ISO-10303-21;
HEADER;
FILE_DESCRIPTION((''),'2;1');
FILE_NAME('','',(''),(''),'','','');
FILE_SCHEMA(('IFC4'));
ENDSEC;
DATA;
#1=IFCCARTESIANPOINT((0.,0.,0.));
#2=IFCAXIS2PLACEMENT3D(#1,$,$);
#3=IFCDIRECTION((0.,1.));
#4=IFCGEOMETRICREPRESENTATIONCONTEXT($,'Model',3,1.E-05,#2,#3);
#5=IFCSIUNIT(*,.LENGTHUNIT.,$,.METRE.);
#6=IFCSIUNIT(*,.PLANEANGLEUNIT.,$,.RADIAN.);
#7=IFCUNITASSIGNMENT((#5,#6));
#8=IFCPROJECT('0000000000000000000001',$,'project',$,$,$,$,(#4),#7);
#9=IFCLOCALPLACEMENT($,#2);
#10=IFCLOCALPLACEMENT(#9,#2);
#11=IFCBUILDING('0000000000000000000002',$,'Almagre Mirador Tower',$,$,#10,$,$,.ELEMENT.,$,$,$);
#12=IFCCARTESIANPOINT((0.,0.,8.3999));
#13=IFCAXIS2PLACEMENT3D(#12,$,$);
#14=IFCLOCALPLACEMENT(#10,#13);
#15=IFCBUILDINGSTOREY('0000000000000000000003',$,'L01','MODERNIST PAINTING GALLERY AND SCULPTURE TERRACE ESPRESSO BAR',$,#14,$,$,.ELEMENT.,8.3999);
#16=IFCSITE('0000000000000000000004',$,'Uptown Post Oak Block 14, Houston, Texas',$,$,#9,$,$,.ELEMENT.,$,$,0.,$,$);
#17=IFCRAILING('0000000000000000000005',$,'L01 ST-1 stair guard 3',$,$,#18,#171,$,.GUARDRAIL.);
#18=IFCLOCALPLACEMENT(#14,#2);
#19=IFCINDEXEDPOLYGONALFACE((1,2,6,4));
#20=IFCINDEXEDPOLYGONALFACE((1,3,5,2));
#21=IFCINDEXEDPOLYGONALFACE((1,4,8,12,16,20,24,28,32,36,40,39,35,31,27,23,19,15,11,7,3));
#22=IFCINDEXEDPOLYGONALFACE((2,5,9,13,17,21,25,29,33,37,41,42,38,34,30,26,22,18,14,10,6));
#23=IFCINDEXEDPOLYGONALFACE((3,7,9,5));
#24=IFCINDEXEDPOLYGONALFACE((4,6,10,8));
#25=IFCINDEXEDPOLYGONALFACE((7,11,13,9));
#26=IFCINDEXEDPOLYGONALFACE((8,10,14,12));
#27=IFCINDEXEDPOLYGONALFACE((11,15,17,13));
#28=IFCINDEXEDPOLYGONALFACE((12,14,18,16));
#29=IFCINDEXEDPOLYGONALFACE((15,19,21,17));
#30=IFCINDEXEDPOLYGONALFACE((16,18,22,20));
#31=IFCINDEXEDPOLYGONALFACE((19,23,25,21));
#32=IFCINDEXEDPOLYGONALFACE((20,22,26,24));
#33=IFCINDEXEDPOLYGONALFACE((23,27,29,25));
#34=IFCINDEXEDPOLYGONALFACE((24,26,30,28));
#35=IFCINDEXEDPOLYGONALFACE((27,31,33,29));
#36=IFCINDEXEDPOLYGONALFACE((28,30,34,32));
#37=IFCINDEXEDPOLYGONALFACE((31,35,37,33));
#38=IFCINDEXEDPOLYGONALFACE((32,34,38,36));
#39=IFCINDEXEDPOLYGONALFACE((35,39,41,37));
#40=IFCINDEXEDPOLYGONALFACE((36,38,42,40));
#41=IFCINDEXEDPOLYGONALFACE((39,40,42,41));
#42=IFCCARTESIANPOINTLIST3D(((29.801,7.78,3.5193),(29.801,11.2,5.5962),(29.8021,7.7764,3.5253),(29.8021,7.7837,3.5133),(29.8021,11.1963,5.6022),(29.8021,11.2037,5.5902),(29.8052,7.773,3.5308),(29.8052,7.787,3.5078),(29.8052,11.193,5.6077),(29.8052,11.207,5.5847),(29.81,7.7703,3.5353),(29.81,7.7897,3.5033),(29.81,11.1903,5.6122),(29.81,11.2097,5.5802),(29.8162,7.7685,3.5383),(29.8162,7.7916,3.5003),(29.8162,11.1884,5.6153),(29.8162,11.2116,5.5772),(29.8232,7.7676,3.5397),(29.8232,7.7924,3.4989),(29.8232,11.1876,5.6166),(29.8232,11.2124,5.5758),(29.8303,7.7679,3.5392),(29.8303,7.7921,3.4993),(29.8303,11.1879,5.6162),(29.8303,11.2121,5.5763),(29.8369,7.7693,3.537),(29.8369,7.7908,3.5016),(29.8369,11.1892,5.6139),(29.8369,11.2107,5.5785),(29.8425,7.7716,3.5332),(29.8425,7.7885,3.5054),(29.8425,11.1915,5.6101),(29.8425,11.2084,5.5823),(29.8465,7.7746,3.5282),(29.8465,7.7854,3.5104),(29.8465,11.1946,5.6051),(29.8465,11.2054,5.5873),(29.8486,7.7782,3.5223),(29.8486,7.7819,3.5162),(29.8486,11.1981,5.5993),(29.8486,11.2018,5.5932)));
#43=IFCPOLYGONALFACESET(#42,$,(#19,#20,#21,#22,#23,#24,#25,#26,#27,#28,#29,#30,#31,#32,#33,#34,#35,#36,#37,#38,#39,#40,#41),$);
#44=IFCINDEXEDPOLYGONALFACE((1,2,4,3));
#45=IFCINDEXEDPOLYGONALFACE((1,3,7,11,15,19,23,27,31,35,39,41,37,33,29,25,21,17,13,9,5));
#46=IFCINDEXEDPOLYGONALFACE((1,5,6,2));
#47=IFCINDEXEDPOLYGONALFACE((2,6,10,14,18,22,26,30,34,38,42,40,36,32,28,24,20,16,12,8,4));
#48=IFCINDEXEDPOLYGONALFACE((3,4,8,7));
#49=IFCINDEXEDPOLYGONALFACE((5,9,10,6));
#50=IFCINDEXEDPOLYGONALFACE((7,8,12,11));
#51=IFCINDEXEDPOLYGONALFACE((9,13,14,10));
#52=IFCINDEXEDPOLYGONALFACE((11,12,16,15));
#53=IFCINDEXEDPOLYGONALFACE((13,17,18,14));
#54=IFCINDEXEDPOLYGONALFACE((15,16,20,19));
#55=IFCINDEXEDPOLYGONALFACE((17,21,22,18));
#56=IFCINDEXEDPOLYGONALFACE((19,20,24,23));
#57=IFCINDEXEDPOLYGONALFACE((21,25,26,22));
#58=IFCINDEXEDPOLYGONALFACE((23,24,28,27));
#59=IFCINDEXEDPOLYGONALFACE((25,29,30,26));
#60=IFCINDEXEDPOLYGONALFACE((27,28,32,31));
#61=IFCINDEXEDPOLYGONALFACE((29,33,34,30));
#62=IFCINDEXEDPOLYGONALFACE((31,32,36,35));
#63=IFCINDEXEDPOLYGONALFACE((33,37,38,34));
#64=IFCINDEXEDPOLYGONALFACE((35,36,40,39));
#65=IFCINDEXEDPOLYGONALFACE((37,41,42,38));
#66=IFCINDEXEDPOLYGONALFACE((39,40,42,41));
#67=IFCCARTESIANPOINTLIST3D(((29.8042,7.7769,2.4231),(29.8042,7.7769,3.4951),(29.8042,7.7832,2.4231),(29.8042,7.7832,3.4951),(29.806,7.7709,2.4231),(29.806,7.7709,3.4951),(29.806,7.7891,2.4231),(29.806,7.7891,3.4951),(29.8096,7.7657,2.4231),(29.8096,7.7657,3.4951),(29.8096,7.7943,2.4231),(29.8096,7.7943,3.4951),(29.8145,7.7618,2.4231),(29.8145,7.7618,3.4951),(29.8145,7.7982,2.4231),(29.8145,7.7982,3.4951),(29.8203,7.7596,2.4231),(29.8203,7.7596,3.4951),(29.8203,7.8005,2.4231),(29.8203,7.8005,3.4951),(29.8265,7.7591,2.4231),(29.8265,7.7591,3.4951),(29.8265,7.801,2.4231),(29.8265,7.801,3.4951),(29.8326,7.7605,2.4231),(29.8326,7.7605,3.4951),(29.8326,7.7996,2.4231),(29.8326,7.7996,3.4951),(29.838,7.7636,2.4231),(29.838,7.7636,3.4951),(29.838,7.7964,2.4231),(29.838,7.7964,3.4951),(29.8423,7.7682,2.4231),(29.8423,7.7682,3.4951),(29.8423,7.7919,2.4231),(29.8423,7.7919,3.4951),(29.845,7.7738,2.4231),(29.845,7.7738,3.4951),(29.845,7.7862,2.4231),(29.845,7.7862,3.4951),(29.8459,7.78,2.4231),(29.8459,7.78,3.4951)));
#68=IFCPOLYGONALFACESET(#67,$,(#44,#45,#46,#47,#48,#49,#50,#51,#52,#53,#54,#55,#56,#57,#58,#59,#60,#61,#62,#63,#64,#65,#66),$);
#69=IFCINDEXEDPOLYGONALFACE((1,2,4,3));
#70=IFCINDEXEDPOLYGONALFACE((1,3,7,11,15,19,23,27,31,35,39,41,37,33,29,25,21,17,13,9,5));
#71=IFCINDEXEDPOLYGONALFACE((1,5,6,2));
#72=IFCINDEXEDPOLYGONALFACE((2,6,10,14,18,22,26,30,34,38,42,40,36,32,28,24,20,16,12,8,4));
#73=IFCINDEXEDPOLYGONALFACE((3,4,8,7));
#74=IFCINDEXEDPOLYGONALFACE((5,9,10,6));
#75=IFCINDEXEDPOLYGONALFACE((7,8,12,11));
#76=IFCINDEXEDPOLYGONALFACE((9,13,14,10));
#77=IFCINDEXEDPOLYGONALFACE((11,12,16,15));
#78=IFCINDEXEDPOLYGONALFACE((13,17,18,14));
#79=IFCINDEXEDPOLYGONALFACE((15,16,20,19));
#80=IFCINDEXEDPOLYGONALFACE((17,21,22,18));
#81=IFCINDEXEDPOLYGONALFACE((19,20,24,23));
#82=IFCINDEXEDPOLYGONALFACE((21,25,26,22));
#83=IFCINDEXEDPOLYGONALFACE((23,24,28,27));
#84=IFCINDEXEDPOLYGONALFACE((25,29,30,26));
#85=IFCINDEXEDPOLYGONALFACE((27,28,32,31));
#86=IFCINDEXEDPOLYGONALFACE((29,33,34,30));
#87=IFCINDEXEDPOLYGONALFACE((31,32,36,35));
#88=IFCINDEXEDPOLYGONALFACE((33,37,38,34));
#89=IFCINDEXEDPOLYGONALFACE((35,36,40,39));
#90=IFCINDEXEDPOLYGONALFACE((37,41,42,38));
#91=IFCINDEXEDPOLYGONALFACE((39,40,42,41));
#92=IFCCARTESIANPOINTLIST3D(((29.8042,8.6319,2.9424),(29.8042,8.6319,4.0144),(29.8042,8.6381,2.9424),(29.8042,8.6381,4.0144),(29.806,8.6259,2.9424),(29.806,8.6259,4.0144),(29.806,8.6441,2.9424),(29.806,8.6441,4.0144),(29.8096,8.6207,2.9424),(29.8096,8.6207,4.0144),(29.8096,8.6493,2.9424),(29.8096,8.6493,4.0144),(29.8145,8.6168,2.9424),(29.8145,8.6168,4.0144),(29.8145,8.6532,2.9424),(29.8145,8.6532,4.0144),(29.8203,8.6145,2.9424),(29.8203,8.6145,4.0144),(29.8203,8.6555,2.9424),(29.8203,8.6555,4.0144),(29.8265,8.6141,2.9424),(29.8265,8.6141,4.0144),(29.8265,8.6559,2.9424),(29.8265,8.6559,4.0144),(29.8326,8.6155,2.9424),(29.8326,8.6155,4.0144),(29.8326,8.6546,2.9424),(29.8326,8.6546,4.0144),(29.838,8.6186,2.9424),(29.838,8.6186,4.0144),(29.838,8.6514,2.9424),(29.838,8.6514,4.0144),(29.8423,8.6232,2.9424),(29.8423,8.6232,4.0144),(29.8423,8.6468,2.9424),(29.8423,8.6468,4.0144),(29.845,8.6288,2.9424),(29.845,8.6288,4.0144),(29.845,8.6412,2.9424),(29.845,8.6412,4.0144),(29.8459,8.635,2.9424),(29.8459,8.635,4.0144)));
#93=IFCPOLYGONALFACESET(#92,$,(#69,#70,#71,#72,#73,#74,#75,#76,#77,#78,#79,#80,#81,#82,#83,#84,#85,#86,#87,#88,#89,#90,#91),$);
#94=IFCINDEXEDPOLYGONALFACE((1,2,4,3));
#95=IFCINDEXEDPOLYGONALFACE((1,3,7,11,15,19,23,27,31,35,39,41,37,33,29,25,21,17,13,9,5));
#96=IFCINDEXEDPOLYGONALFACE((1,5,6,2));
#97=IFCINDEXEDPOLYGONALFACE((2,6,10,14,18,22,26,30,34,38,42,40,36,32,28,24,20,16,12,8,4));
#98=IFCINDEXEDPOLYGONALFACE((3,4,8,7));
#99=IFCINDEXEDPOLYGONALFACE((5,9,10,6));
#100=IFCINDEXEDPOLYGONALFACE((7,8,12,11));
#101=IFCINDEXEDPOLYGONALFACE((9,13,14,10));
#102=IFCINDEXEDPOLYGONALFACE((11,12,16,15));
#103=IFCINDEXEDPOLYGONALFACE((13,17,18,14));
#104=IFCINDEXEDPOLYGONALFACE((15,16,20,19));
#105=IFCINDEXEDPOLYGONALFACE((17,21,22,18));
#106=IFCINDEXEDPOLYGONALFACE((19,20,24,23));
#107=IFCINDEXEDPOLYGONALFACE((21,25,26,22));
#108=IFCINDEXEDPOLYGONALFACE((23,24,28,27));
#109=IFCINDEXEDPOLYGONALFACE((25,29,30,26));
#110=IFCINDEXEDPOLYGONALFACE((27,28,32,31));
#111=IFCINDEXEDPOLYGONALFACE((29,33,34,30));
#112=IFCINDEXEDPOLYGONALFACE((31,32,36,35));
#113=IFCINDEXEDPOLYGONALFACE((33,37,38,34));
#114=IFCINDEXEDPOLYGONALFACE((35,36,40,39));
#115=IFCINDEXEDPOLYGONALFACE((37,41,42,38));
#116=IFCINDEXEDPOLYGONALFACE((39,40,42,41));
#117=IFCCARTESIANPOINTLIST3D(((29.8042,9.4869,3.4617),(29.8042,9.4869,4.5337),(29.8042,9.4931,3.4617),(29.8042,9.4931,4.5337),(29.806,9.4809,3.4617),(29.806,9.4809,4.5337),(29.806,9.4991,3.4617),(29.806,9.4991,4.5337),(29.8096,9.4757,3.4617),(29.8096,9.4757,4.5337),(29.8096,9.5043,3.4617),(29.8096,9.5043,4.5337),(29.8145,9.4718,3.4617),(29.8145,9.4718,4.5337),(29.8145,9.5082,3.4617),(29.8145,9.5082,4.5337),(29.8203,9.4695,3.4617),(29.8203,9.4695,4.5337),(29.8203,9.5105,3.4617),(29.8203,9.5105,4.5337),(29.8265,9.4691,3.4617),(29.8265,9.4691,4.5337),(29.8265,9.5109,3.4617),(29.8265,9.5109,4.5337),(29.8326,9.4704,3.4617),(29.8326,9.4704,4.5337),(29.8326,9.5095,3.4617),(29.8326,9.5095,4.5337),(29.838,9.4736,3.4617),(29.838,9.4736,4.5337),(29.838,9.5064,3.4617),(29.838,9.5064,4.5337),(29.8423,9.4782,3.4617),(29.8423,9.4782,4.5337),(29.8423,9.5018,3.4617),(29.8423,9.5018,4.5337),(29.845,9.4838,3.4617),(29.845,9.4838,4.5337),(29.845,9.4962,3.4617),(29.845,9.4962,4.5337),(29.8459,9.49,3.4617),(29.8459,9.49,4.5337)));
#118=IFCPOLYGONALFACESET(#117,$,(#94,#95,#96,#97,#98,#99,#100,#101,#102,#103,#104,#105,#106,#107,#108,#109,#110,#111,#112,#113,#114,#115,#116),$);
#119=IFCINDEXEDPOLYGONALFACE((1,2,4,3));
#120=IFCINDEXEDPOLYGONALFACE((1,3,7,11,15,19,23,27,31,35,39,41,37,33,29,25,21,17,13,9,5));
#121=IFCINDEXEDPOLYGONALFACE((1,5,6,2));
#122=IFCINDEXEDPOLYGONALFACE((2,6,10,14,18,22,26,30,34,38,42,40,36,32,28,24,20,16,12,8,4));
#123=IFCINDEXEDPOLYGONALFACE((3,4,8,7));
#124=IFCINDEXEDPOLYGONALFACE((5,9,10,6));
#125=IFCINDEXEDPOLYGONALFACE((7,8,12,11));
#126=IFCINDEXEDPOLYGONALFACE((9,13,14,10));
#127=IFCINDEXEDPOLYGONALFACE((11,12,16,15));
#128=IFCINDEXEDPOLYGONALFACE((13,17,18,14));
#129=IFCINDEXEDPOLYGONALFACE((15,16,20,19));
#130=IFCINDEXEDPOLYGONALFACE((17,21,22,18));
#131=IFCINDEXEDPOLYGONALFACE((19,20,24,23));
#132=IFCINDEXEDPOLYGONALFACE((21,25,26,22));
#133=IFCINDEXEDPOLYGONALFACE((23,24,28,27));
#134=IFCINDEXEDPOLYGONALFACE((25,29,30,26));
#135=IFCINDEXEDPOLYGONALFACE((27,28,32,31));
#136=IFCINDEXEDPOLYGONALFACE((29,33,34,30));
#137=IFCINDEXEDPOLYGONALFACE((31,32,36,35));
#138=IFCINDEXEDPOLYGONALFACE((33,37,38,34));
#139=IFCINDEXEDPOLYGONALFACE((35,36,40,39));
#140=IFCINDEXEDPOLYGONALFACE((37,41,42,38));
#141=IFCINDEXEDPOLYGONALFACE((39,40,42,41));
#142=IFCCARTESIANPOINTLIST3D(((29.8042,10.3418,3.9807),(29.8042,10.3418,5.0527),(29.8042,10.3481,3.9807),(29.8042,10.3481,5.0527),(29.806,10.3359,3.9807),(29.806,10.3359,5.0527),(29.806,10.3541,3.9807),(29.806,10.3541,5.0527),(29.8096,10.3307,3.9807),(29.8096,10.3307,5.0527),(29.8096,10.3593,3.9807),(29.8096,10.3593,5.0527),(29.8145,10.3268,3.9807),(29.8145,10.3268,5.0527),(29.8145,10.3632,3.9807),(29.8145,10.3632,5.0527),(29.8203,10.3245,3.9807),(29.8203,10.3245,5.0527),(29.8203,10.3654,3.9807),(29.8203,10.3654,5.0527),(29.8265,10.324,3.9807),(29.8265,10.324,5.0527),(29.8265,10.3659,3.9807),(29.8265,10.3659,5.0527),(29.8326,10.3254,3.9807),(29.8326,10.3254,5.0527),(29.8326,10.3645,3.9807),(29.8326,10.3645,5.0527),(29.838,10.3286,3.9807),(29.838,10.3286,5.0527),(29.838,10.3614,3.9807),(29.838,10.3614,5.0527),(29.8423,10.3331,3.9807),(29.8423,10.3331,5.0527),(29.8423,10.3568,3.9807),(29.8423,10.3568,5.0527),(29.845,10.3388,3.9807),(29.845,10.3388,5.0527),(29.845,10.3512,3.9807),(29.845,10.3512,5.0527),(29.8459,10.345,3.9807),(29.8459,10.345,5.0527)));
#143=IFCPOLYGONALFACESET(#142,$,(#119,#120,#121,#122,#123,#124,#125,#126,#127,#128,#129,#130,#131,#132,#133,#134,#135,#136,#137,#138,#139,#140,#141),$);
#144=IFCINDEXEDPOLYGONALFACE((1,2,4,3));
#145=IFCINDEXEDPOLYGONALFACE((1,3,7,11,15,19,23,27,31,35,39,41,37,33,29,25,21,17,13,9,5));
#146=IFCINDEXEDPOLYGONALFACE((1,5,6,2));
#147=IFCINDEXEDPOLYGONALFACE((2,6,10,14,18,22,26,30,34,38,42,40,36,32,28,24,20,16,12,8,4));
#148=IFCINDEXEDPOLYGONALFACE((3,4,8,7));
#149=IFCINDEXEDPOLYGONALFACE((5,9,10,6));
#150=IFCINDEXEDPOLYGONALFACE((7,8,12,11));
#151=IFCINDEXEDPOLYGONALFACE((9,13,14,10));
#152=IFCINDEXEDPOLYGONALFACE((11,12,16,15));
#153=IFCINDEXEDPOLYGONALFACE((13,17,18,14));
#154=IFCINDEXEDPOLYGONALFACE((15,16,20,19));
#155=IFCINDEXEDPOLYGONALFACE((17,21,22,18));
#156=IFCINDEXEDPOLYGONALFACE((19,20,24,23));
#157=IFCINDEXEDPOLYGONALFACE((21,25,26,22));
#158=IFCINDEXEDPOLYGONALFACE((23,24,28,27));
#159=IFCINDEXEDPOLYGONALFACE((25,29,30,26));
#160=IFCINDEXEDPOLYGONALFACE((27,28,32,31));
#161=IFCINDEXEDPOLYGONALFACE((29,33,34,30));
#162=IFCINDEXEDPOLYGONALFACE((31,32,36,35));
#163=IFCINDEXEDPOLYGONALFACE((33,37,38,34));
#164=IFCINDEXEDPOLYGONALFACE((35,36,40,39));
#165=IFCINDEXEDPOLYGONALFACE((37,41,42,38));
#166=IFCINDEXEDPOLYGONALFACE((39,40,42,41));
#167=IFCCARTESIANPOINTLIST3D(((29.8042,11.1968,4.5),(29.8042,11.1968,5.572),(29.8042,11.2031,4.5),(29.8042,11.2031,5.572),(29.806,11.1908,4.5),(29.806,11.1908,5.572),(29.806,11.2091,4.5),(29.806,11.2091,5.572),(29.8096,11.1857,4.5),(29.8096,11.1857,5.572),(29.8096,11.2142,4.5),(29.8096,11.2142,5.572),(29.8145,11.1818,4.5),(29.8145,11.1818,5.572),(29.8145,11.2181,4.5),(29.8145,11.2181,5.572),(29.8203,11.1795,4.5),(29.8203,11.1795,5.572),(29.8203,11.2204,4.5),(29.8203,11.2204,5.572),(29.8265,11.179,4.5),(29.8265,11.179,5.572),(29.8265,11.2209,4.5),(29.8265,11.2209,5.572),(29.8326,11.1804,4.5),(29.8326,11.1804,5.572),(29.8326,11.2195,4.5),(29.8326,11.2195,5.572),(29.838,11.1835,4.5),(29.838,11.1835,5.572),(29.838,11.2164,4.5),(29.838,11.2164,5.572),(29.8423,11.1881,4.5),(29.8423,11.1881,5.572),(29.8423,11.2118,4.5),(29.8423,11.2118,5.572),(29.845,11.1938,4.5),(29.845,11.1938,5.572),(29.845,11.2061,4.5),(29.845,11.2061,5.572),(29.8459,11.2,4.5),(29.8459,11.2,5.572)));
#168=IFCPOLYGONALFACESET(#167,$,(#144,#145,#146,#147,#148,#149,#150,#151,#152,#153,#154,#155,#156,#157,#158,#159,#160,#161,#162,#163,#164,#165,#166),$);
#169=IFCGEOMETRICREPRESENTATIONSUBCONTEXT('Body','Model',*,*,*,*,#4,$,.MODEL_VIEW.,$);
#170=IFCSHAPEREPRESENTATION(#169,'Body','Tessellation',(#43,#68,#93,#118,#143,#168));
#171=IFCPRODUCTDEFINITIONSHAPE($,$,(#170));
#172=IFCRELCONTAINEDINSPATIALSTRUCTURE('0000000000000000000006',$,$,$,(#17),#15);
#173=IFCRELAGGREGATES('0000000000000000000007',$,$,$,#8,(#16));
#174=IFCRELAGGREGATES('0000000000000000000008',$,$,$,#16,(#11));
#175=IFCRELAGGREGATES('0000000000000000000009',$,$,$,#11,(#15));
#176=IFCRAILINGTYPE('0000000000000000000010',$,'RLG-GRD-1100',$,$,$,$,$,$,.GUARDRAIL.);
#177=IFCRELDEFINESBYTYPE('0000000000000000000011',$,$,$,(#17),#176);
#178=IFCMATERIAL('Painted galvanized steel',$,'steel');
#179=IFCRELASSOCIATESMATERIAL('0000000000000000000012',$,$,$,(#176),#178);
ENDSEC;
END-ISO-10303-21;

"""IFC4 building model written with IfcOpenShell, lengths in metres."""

from ifc_helpers import new_model, si_unit, direction, frame, origin, origin_2d, place, context, subcontext, project, spatial, circle, extrude, material, type_object, element, save


model = new_model("IFC4")

# Units and contexts
model_context = context("Model", 3, precision=1e-05, world=origin(), true_north=direction((0.0, 1.0)))
body_context = subcontext(model_context, "Body", "Model", "MODEL_VIEW")
ifc_project = project(units=[si_unit("LENGTHUNIT", "METRE"), si_unit("PLANEANGLEUNIT", "RADIAN")], contexts=[model_context])

# Site, building, storey
site_placement = place(None, origin())
site = spatial("IfcSite", under=ifc_project, at=site_placement, Name="Uptown Post Oak Block 14, Houston, Texas", CompositionType="ELEMENT", RefElevation=0.0)
building_placement = place(site_placement, origin())
building = spatial("IfcBuilding", under=site, at=building_placement, Name="Almagre Mirador Tower", CompositionType="ELEMENT")
storey_placement = place(building_placement, frame((0.0, 0.0, 8.3999)))
storey = spatial("IfcBuildingStorey", under=building, at=storey_placement, Name="L01", Description="MODERNIST PAINTING GALLERY AND SCULPTURE TERRACE ESPRESSO BAR", CompositionType="ELEMENT", Elevation=8.3999)

# Railing
ifc_material_1 = material(Name="Painted galvanized steel", Category="steel")
railing_type_1 = type_object("IfcRailingType", Name="RLG-GRD-1100", PredefinedType="GUARDRAIL", material=ifc_material_1)
railing_1_placement = place(storey_placement, frame((29.825, 7.78, 2.4231)))
element("IfcRailing", 1, at=railing_1_placement, inside=storey, type_object=railing_type_1, Name="L01 ST-1 stair guard 3", PredefinedType="GUARDRAIL", context=body_context, shape_type="SweptSolid", body=[
    extrude(circle(Radius=0.0239, at=origin_2d()), frame((0.0, 0.0, 1.0962), z_axis=(0.0, 0.85473, 0.519074), x_axis=(-1.0, 0.0, 0.0)), (0.0, 0.0, 1.0), 4.0012),
    extrude(circle(Radius=0.021, at=origin_2d()), origin(), (0.0, 0.0, 1.0), 1.072),
    extrude(circle(Radius=0.021, at=origin_2d()), frame((0.0, 0.855, 0.5193)), (0.0, 0.0, 1.0), 1.072),
    extrude(circle(Radius=0.021, at=origin_2d()), frame((0.0, 1.71, 1.0386)), (0.0, 0.0, 1.0), 1.072),
    extrude(circle(Radius=0.021, at=origin_2d()), frame((0.0, 2.5649, 1.5576)), (0.0, 0.0, 1.0), 1.072),
    extrude(circle(Radius=0.021, at=origin_2d()), frame((0.0, 3.4199, 2.0769)), (0.0, 0.0, 1.0), 1.072),
])

save(model, "model.ifc")
